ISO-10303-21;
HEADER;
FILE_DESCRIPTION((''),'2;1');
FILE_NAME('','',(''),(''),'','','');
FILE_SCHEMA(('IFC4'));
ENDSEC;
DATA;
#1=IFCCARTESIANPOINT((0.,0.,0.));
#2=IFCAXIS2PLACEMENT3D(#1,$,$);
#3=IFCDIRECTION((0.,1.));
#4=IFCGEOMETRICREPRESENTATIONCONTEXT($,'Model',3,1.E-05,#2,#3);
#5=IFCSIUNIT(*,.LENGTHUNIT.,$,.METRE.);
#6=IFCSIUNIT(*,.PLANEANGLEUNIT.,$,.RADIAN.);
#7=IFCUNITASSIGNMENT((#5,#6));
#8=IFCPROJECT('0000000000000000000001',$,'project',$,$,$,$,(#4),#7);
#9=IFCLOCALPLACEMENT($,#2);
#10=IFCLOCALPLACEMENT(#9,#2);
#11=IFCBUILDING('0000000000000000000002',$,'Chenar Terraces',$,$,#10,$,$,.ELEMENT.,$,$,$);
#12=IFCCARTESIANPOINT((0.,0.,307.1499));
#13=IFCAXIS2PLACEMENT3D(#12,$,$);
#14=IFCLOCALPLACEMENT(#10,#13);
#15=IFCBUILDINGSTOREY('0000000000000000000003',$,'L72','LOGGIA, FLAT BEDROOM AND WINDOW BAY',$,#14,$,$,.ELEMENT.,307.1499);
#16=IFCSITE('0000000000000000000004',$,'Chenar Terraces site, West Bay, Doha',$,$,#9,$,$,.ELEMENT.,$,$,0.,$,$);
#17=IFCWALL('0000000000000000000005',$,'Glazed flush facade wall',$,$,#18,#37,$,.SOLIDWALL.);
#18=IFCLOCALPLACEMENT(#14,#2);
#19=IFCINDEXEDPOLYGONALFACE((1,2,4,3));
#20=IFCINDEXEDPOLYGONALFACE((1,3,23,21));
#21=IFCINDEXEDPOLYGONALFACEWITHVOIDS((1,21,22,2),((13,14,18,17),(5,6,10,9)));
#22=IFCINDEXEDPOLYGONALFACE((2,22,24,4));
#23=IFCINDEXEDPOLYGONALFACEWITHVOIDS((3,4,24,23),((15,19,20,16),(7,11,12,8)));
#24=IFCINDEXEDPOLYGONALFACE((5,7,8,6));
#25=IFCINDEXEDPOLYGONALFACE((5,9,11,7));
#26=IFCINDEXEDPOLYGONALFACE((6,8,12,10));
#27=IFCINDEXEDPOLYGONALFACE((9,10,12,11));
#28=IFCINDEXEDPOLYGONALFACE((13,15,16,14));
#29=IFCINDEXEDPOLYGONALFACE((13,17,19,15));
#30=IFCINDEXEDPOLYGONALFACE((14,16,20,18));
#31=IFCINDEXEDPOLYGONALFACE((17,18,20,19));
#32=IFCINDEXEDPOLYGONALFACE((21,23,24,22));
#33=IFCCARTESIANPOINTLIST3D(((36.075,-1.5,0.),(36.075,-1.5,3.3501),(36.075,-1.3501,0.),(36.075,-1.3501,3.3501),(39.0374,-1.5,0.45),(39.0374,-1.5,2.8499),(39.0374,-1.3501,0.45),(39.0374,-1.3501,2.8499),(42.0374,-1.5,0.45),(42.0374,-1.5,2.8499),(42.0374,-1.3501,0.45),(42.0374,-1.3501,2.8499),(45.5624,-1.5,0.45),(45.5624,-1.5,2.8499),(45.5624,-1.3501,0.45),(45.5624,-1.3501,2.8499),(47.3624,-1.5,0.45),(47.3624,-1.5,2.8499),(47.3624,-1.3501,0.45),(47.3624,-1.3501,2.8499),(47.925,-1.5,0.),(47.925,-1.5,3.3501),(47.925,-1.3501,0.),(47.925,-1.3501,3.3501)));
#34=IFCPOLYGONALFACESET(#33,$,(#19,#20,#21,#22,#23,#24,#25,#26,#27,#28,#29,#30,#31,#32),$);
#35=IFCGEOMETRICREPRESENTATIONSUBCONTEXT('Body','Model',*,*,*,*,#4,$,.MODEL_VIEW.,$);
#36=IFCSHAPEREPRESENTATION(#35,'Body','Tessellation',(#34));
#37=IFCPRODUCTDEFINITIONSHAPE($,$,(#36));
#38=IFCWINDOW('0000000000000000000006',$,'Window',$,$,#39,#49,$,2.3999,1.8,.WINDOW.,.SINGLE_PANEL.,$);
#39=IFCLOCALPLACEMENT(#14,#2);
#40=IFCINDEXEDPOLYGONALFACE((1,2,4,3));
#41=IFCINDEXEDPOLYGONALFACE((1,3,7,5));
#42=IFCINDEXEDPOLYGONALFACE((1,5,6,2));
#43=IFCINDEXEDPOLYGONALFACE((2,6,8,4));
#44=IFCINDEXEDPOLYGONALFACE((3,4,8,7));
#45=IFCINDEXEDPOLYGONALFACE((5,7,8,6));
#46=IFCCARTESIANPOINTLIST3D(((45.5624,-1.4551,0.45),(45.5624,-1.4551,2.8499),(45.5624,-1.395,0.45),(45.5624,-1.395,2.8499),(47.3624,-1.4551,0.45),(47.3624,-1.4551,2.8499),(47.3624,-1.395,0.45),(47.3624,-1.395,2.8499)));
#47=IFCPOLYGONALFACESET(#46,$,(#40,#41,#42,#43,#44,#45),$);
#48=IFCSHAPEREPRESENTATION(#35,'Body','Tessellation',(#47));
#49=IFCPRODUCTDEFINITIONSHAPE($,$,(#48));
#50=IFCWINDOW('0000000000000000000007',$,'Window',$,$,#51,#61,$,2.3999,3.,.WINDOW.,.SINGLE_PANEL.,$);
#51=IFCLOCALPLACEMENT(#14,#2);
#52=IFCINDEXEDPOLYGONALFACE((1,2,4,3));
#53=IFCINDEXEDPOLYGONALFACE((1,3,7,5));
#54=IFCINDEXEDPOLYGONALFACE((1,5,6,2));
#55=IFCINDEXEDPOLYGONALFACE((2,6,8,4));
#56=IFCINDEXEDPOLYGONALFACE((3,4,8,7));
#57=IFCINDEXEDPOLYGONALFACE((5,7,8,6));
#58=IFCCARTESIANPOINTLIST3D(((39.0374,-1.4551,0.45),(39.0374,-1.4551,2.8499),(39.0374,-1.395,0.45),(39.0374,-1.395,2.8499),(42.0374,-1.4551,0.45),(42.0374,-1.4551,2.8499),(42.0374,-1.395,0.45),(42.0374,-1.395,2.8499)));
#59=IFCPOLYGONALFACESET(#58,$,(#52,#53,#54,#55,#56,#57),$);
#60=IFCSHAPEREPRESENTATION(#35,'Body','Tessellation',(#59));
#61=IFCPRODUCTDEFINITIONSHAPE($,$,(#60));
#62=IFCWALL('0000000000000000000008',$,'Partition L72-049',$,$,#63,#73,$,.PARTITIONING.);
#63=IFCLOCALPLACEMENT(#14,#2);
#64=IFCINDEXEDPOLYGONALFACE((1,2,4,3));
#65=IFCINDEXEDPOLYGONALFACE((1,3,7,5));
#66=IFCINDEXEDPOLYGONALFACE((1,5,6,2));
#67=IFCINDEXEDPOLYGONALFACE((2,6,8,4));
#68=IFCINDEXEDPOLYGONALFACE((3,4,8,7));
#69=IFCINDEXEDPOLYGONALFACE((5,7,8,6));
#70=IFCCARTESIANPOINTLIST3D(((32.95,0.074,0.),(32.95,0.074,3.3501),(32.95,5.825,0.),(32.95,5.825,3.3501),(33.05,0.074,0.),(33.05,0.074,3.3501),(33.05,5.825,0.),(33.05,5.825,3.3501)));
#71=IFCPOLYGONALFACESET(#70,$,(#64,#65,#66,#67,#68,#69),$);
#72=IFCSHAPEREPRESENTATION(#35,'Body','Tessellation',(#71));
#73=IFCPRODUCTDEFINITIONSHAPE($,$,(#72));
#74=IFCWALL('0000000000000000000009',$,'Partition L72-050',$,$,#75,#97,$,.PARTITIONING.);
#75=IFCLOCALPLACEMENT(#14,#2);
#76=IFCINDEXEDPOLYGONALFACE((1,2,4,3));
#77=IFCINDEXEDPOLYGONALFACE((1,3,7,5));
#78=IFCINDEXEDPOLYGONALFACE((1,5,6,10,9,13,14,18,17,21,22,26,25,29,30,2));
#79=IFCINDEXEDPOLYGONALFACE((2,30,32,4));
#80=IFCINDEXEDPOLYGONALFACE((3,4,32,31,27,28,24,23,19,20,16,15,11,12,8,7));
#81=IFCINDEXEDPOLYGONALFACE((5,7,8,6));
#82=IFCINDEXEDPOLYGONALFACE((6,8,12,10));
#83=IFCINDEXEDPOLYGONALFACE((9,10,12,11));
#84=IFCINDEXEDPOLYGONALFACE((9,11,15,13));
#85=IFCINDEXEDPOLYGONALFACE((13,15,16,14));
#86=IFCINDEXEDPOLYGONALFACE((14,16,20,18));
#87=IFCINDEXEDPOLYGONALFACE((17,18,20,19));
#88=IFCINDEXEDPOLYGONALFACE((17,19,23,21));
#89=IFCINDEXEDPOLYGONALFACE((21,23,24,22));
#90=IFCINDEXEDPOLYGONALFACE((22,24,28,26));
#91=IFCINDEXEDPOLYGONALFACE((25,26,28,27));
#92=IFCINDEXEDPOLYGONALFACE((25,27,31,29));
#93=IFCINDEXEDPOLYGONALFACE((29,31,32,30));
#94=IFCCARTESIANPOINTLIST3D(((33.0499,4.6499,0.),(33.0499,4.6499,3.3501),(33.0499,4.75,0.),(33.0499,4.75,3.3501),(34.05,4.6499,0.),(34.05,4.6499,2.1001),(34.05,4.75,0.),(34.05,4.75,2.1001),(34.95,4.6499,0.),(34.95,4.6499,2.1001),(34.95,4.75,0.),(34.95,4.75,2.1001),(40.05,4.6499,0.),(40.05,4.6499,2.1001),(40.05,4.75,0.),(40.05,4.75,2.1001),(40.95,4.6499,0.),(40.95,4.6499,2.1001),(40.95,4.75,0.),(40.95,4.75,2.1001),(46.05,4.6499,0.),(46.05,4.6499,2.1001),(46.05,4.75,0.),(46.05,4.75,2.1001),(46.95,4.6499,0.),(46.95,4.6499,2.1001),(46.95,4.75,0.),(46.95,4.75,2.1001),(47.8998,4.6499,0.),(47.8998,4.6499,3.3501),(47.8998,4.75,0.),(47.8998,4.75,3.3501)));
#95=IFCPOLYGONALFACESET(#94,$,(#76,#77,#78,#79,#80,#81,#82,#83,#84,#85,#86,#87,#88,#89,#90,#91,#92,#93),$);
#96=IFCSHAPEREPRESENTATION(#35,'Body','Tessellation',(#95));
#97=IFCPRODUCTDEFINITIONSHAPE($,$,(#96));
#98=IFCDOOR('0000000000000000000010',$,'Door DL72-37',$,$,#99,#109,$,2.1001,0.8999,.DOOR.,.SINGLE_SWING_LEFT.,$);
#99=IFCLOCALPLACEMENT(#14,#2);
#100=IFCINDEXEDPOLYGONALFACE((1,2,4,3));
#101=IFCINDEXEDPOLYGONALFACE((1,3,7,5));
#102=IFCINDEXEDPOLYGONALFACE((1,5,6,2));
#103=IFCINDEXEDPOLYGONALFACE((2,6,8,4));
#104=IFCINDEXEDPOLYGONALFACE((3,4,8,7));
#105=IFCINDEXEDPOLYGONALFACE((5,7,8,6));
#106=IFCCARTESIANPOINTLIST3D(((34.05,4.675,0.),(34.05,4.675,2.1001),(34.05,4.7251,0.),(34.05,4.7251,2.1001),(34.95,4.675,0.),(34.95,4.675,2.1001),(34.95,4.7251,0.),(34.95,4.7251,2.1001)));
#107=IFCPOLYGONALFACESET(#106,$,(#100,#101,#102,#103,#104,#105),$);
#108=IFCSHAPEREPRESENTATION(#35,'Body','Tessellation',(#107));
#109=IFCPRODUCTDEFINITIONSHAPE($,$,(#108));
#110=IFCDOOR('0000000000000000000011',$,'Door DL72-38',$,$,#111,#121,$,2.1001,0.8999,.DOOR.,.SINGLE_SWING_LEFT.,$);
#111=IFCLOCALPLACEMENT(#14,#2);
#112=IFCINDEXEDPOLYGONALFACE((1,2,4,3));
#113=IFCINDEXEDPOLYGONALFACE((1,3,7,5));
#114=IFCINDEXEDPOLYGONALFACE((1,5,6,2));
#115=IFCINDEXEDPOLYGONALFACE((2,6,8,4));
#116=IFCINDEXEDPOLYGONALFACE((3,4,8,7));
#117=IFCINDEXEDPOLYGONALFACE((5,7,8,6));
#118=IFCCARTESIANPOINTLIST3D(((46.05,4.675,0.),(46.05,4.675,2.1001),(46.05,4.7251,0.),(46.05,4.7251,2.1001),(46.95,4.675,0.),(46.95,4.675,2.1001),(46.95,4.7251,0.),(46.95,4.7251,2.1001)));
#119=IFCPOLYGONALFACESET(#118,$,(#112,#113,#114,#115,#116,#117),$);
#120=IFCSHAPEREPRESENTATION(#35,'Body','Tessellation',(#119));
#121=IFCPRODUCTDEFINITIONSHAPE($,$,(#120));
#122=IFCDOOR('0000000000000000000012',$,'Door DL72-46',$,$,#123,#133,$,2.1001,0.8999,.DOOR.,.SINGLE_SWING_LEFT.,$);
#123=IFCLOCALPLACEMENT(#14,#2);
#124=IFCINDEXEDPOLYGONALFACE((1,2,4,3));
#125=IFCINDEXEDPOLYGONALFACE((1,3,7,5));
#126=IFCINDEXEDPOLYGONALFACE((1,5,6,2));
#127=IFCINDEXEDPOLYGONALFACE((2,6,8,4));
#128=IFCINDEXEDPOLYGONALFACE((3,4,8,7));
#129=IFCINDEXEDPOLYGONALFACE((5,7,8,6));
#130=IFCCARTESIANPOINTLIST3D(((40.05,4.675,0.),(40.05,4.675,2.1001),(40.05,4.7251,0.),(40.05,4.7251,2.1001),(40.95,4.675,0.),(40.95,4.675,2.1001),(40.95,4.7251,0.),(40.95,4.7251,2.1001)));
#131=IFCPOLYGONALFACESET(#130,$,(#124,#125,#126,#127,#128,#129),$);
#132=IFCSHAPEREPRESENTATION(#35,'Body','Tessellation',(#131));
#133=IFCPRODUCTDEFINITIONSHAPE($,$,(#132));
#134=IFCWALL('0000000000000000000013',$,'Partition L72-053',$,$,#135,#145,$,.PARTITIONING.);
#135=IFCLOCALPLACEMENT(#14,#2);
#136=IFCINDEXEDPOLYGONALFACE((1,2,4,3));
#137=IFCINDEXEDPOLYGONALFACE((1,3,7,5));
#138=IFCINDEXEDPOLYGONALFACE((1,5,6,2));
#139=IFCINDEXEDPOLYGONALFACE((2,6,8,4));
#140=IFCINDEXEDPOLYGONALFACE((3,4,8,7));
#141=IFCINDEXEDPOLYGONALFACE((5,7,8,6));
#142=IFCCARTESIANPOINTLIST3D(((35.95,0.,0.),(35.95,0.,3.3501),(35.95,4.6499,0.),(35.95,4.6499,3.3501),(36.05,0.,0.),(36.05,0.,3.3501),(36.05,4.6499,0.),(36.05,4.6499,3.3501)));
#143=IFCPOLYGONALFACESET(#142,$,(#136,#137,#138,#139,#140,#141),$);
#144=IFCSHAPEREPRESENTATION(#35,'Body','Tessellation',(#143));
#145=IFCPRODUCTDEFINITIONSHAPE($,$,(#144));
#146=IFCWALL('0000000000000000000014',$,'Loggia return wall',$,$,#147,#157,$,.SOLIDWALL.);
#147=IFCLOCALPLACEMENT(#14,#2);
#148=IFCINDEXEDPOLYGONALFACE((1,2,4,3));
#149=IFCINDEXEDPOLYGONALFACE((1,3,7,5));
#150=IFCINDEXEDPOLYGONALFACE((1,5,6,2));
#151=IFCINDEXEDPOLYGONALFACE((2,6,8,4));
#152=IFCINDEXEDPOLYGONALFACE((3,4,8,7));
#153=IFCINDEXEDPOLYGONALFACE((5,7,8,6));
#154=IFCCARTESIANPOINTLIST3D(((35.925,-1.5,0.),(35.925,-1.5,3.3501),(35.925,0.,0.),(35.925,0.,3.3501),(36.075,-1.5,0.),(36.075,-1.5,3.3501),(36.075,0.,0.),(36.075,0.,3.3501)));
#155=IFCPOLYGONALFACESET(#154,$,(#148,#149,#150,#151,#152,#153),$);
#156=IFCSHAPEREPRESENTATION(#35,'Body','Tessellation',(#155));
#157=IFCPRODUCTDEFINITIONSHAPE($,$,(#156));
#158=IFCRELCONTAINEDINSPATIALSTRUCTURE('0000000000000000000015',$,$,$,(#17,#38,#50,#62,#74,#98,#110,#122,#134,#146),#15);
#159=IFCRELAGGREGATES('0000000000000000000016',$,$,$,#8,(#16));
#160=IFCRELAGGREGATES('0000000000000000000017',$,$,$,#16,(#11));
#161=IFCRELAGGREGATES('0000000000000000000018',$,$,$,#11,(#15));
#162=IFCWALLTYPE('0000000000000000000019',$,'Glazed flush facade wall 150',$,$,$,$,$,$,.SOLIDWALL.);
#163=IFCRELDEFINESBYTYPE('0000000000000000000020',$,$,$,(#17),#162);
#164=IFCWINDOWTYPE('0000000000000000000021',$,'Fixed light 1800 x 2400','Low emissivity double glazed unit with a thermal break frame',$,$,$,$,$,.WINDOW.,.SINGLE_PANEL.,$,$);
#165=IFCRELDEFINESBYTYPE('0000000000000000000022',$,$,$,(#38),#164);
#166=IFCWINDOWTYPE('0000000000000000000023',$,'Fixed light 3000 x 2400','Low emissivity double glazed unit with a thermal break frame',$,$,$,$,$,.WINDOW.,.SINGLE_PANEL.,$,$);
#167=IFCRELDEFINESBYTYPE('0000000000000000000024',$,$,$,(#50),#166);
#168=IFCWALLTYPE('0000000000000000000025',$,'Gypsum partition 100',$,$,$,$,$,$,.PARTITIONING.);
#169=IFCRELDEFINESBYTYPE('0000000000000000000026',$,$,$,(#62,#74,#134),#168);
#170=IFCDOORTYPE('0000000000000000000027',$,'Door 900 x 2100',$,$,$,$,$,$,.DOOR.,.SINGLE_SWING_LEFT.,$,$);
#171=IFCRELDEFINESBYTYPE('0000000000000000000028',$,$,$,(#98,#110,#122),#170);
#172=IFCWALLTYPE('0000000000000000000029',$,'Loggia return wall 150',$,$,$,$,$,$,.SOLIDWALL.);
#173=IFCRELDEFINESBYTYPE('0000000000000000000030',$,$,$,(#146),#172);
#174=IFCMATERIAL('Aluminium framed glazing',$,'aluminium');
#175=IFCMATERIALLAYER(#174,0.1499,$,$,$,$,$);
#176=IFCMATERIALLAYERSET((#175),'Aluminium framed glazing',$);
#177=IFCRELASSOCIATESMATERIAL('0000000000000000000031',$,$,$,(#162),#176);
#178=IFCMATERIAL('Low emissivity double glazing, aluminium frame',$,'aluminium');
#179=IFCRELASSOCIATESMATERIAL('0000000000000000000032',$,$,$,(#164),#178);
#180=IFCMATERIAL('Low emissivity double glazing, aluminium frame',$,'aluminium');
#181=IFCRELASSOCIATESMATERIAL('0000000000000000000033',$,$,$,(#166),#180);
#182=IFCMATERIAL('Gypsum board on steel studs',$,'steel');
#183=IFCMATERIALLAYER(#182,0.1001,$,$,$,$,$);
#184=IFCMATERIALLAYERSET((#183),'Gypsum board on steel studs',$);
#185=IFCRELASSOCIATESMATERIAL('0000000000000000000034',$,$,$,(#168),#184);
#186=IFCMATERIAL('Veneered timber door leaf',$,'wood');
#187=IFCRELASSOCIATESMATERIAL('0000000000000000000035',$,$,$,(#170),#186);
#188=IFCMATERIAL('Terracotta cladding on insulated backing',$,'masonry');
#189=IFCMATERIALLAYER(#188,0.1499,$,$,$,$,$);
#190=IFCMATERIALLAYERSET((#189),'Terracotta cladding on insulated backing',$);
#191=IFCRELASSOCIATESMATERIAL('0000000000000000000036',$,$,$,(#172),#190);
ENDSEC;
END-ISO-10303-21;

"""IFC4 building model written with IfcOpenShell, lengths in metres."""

from ifc_helpers import new_model, si_unit, direction, frame, frame_2d, origin, place, context, subcontext, project, spatial, rectangle, extrude, material, layer, layer_set, type_object, element, fill, save


model = new_model("IFC4")

# Units and contexts
model_context = context("Model", 3, precision=1e-05, world=origin(), true_north=direction((0.0, 1.0)))
body_context = subcontext(model_context, "Body", "Model", "MODEL_VIEW")
ifc_project = project(units=[si_unit("LENGTHUNIT", "METRE"), si_unit("PLANEANGLEUNIT", "RADIAN")], contexts=[model_context])

# Site, building, storey
site_placement = place(None, origin())
site = spatial("IfcSite", under=ifc_project, at=site_placement, Name="Chenar Terraces site, West Bay, Doha", CompositionType="ELEMENT", RefElevation=0.0)
building_placement = place(site_placement, origin())
building = spatial("IfcBuilding", under=site, at=building_placement, Name="Chenar Terraces", CompositionType="ELEMENT")
storey_placement = place(building_placement, frame((0.0, 0.0, 307.1499)))
storey = spatial("IfcBuildingStorey", under=building, at=storey_placement, Name="L72", Description="LOGGIA, FLAT BEDROOM AND WINDOW BAY", CompositionType="ELEMENT", Elevation=307.1499)

# Wall, openings, windows
ifc_material_1 = material(Name="Aluminium framed glazing", Category="aluminium")
ifc_layer_1 = layer(ifc_material_1, 0.1499)
ifc_layer_set_1 = layer_set([ifc_layer_1], Name="Aluminium framed glazing")
wall_type_1 = type_object("IfcWallType", Name="Glazed flush facade wall 150", PredefinedType="SOLIDWALL", material=ifc_layer_set_1)
wall_1_placement = place(storey_placement, frame((36.075, -1.425, 0.0), z_axis=(0.0, 0.0, 1.0), x_axis=(1.0, 0.0, 0.0)))
wall_1 = element("IfcWall", 1, at=wall_1_placement, inside=storey, type_object=wall_type_1, Name="Glazed flush facade wall", PredefinedType="SOLIDWALL", context=body_context, shape_type="SweptSolid", body=[
    extrude(rectangle(XDim=11.8501, YDim=0.1499, at=frame_2d((5.925, 0.0))), origin(), (0.0, 0.0, 1.0), 3.3501),
])
opening_1_placement = place(wall_1_placement, frame((2.9624, 0.0, 0.45)))
opening_1 = element("IfcOpeningElement", 2, at=opening_1_placement, cuts=wall_1, PredefinedType="OPENING", context=body_context, shape_type="SweptSolid", body=[
    extrude(rectangle(XDim=3.0, YDim=2.3999, at=frame_2d((1.5, 1.2))), frame((0.0, 0.085, 0.0), z_axis=(0.0, -1.0, 0.0), x_axis=(1.0, 0.0, 0.0)), (0.0, 0.0, 1.0), 0.1699),
])
opening_2_placement = place(wall_1_placement, frame((9.4875, 0.0, 0.45)))
opening_2 = element("IfcOpeningElement", 3, at=opening_2_placement, cuts=wall_1, PredefinedType="OPENING", context=body_context, shape_type="SweptSolid", body=[
    extrude(rectangle(XDim=1.8, YDim=2.3999, at=frame_2d((0.8999, 1.2))), frame((0.0, 0.085, 0.0), z_axis=(0.0, -1.0, 0.0), x_axis=(1.0, 0.0, 0.0)), (0.0, 0.0, 1.0), 0.1699),
])
ifc_material_2 = material(Name="Low emissivity double glazing, aluminium frame", Category="aluminium")
window_type_1 = type_object("IfcWindowType", Name="Fixed light 1800 x 2400", Description="Low emissivity double glazed unit with a thermal break frame", PartitioningType="SINGLE_PANEL", PredefinedType="WINDOW", material=ifc_material_2)
window_1_placement = place(opening_2_placement, origin())
window_1 = element("IfcWindow", 4, at=window_1_placement, inside=storey, type_object=window_type_1, Name="Window", OverallHeight=2.3999, OverallWidth=1.8, PartitioningType="SINGLE_PANEL", PredefinedType="WINDOW", context=body_context, shape_type="SweptSolid", body=[
    extrude(rectangle(XDim=1.8, YDim=2.3999, at=frame_2d((0.8999, 1.2))), frame((0.0, 0.03, 0.0), z_axis=(0.0, -1.0, 0.0), x_axis=(1.0, 0.0, 0.0)), (0.0, 0.0, 1.0), 0.0601),
])
fill(opening_2, window_1)
ifc_material_3 = material(Name="Low emissivity double glazing, aluminium frame", Category="aluminium")
window_type_2 = type_object("IfcWindowType", Name="Fixed light 3000 x 2400", Description="Low emissivity double glazed unit with a thermal break frame", PartitioningType="SINGLE_PANEL", PredefinedType="WINDOW", material=ifc_material_3)
window_2_placement = place(opening_1_placement, origin())
window_2 = element("IfcWindow", 5, at=window_2_placement, inside=storey, type_object=window_type_2, Name="Window", OverallHeight=2.3999, OverallWidth=3.0, PartitioningType="SINGLE_PANEL", PredefinedType="WINDOW", context=body_context, shape_type="SweptSolid", body=[
    extrude(rectangle(XDim=3.0, YDim=2.3999, at=frame_2d((1.5, 1.2))), frame((0.0, 0.03, 0.0), z_axis=(0.0, -1.0, 0.0), x_axis=(1.0, 0.0, 0.0)), (0.0, 0.0, 1.0), 0.0601),
])
fill(opening_1, window_2)

# Wall
ifc_material_4 = material(Name="Gypsum board on steel studs", Category="steel")
ifc_layer_2 = layer(ifc_material_4, 0.1001)
ifc_layer_set_2 = layer_set([ifc_layer_2], Name="Gypsum board on steel studs")
wall_type_2 = type_object("IfcWallType", Name="Gypsum partition 100", PredefinedType="PARTITIONING", material=ifc_layer_set_2)
wall_2_placement = place(storey_placement, frame((33.0, 0.074, 0.0), z_axis=(0.0, 0.0, 1.0), x_axis=(0.0, 1.0, 0.0)))
element("IfcWall", 6, at=wall_2_placement, inside=storey, type_object=wall_type_2, Name="Partition L72-049", PredefinedType="PARTITIONING", context=body_context, shape_type="SweptSolid", body=[
    extrude(rectangle(XDim=5.751, YDim=0.1001, at=frame_2d((2.8755, 0.0))), origin(), (0.0, 0.0, 1.0), 3.3501),
])

# Wall, openings, doors
wall_3_placement = place(storey_placement, frame((33.05, 4.7, 0.0), z_axis=(0.0, 0.0, 1.0), x_axis=(1.0, 0.0, 0.0)))
wall_3 = element("IfcWall", 7, at=wall_3_placement, inside=storey, type_object=wall_type_2, Name="Partition L72-050", PredefinedType="PARTITIONING", context=body_context, shape_type="SweptSolid", body=[
    extrude(rectangle(XDim=14.8499, YDim=0.1001, at=frame_2d((7.4248, 0.0))), origin(), (0.0, 0.0, 1.0), 3.3501),
])
opening_3_placement = place(wall_3_placement, frame((1.0, 0.0, 0.0)))
opening_3 = element("IfcOpeningElement", 8, at=opening_3_placement, cuts=wall_3, PredefinedType="OPENING", context=body_context, shape_type="SweptSolid", body=[
    extrude(rectangle(XDim=0.8999, YDim=2.1001, at=frame_2d((0.45, 1.05))), frame((0.0, 0.0601, 0.0), z_axis=(0.0, -1.0, 0.0), x_axis=(1.0, 0.0, 0.0)), (0.0, 0.0, 1.0), 0.1201),
])
opening_4_placement = place(wall_3_placement, frame((13.0, 0.0, 0.0)))
opening_4 = element("IfcOpeningElement", 9, at=opening_4_placement, cuts=wall_3, PredefinedType="OPENING", context=body_context, shape_type="SweptSolid", body=[
    extrude(rectangle(XDim=0.8999, YDim=2.1001, at=frame_2d((0.45, 1.05))), frame((0.0, 0.0601, 0.0), z_axis=(0.0, -1.0, 0.0), x_axis=(1.0, 0.0, 0.0)), (0.0, 0.0, 1.0), 0.1201),
])
opening_5_placement = place(wall_3_placement, frame((7.0, 0.0, 0.0)))
opening_5 = element("IfcOpeningElement", 10, at=opening_5_placement, cuts=wall_3, PredefinedType="OPENING", context=body_context, shape_type="SweptSolid", body=[
    extrude(rectangle(XDim=0.8999, YDim=2.1001, at=frame_2d((0.45, 1.05))), frame((0.0, 0.0601, 0.0), z_axis=(0.0, -1.0, 0.0), x_axis=(1.0, 0.0, 0.0)), (0.0, 0.0, 1.0), 0.1201),
])
ifc_material_5 = material(Name="Veneered timber door leaf", Category="wood")
door_type_1 = type_object("IfcDoorType", Name="Door 900 x 2100", OperationType="SINGLE_SWING_LEFT", PredefinedType="DOOR", material=ifc_material_5)
door_1_placement = place(opening_3_placement, frame((0.8999, 0.0, 0.0), z_axis=(0.0, 0.0, 1.0), x_axis=(-1.0, 0.0, 0.0)))
door_1 = element("IfcDoor", 11, at=door_1_placement, inside=storey, type_object=door_type_1, Name="Door DL72-37", OperationType="SINGLE_SWING_LEFT", OverallHeight=2.1001, OverallWidth=0.8999, PredefinedType="DOOR", context=body_context, shape_type="SweptSolid", body=[
    extrude(rectangle(XDim=0.8999, YDim=2.1001, at=frame_2d((0.45, 1.05))), frame((0.0, 0.0249, 0.0), z_axis=(0.0, -1.0, 0.0), x_axis=(1.0, 0.0, 0.0)), (0.0, 0.0, 1.0), 0.05),
])
fill(opening_3, door_1)
door_2_placement = place(opening_4_placement, frame((0.8999, 0.0, 0.0), z_axis=(0.0, 0.0, 1.0), x_axis=(-1.0, 0.0, 0.0)))
door_2 = element("IfcDoor", 12, at=door_2_placement, inside=storey, type_object=door_type_1, Name="Door DL72-38", OperationType="SINGLE_SWING_LEFT", OverallHeight=2.1001, OverallWidth=0.8999, PredefinedType="DOOR", context=body_context, shape_type="SweptSolid", body=[
    extrude(rectangle(XDim=0.8999, YDim=2.1001, at=frame_2d((0.45, 1.05))), frame((0.0, 0.0249, 0.0), z_axis=(0.0, -1.0, 0.0), x_axis=(1.0, 0.0, 0.0)), (0.0, 0.0, 1.0), 0.05),
])
fill(opening_4, door_2)
door_3_placement = place(opening_5_placement, frame((0.8999, 0.0, 0.0), z_axis=(0.0, 0.0, 1.0), x_axis=(-1.0, 0.0, 0.0)))
door_3 = element("IfcDoor", 13, at=door_3_placement, inside=storey, type_object=door_type_1, Name="Door DL72-46", OperationType="SINGLE_SWING_LEFT", OverallHeight=2.1001, OverallWidth=0.8999, PredefinedType="DOOR", context=body_context, shape_type="SweptSolid", body=[
    extrude(rectangle(XDim=0.8999, YDim=2.1001, at=frame_2d((0.45, 1.05))), frame((0.0, 0.0249, 0.0), z_axis=(0.0, -1.0, 0.0), x_axis=(1.0, 0.0, 0.0)), (0.0, 0.0, 1.0), 0.05),
])
fill(opening_5, door_3)

# Walls
wall_4_placement = place(storey_placement, frame((36.0, 0.0, 0.0), z_axis=(0.0, 0.0, 1.0), x_axis=(0.0, 1.0, 0.0)))
element("IfcWall", 14, at=wall_4_placement, inside=storey, type_object=wall_type_2, Name="Partition L72-053", PredefinedType="PARTITIONING", context=body_context, shape_type="SweptSolid", body=[
    extrude(rectangle(XDim=4.6499, YDim=0.1001, at=frame_2d((2.325, 0.0))), origin(), (0.0, 0.0, 1.0), 3.3501),
])
ifc_material_6 = material(Name="Terracotta cladding on insulated backing", Category="masonry")
ifc_layer_3 = layer(ifc_material_6, 0.1499)
ifc_layer_set_3 = layer_set([ifc_layer_3], Name="Terracotta cladding on insulated backing")
wall_type_3 = type_object("IfcWallType", Name="Loggia return wall 150", PredefinedType="SOLIDWALL", material=ifc_layer_set_3)
wall_5_placement = place(storey_placement, frame((36.0, -1.5, 0.0), z_axis=(0.0, 0.0, 1.0), x_axis=(0.0, 1.0, 0.0)))
element("IfcWall", 15, at=wall_5_placement, inside=storey, type_object=wall_type_3, Name="Loggia return wall", PredefinedType="SOLIDWALL", context=body_context, shape_type="SweptSolid", body=[
    extrude(rectangle(XDim=1.5, YDim=0.1499, at=frame_2d((0.75, 0.0))), origin(), (0.0, 0.0, 1.0), 3.3501),
])

save(model, "model.ifc")
